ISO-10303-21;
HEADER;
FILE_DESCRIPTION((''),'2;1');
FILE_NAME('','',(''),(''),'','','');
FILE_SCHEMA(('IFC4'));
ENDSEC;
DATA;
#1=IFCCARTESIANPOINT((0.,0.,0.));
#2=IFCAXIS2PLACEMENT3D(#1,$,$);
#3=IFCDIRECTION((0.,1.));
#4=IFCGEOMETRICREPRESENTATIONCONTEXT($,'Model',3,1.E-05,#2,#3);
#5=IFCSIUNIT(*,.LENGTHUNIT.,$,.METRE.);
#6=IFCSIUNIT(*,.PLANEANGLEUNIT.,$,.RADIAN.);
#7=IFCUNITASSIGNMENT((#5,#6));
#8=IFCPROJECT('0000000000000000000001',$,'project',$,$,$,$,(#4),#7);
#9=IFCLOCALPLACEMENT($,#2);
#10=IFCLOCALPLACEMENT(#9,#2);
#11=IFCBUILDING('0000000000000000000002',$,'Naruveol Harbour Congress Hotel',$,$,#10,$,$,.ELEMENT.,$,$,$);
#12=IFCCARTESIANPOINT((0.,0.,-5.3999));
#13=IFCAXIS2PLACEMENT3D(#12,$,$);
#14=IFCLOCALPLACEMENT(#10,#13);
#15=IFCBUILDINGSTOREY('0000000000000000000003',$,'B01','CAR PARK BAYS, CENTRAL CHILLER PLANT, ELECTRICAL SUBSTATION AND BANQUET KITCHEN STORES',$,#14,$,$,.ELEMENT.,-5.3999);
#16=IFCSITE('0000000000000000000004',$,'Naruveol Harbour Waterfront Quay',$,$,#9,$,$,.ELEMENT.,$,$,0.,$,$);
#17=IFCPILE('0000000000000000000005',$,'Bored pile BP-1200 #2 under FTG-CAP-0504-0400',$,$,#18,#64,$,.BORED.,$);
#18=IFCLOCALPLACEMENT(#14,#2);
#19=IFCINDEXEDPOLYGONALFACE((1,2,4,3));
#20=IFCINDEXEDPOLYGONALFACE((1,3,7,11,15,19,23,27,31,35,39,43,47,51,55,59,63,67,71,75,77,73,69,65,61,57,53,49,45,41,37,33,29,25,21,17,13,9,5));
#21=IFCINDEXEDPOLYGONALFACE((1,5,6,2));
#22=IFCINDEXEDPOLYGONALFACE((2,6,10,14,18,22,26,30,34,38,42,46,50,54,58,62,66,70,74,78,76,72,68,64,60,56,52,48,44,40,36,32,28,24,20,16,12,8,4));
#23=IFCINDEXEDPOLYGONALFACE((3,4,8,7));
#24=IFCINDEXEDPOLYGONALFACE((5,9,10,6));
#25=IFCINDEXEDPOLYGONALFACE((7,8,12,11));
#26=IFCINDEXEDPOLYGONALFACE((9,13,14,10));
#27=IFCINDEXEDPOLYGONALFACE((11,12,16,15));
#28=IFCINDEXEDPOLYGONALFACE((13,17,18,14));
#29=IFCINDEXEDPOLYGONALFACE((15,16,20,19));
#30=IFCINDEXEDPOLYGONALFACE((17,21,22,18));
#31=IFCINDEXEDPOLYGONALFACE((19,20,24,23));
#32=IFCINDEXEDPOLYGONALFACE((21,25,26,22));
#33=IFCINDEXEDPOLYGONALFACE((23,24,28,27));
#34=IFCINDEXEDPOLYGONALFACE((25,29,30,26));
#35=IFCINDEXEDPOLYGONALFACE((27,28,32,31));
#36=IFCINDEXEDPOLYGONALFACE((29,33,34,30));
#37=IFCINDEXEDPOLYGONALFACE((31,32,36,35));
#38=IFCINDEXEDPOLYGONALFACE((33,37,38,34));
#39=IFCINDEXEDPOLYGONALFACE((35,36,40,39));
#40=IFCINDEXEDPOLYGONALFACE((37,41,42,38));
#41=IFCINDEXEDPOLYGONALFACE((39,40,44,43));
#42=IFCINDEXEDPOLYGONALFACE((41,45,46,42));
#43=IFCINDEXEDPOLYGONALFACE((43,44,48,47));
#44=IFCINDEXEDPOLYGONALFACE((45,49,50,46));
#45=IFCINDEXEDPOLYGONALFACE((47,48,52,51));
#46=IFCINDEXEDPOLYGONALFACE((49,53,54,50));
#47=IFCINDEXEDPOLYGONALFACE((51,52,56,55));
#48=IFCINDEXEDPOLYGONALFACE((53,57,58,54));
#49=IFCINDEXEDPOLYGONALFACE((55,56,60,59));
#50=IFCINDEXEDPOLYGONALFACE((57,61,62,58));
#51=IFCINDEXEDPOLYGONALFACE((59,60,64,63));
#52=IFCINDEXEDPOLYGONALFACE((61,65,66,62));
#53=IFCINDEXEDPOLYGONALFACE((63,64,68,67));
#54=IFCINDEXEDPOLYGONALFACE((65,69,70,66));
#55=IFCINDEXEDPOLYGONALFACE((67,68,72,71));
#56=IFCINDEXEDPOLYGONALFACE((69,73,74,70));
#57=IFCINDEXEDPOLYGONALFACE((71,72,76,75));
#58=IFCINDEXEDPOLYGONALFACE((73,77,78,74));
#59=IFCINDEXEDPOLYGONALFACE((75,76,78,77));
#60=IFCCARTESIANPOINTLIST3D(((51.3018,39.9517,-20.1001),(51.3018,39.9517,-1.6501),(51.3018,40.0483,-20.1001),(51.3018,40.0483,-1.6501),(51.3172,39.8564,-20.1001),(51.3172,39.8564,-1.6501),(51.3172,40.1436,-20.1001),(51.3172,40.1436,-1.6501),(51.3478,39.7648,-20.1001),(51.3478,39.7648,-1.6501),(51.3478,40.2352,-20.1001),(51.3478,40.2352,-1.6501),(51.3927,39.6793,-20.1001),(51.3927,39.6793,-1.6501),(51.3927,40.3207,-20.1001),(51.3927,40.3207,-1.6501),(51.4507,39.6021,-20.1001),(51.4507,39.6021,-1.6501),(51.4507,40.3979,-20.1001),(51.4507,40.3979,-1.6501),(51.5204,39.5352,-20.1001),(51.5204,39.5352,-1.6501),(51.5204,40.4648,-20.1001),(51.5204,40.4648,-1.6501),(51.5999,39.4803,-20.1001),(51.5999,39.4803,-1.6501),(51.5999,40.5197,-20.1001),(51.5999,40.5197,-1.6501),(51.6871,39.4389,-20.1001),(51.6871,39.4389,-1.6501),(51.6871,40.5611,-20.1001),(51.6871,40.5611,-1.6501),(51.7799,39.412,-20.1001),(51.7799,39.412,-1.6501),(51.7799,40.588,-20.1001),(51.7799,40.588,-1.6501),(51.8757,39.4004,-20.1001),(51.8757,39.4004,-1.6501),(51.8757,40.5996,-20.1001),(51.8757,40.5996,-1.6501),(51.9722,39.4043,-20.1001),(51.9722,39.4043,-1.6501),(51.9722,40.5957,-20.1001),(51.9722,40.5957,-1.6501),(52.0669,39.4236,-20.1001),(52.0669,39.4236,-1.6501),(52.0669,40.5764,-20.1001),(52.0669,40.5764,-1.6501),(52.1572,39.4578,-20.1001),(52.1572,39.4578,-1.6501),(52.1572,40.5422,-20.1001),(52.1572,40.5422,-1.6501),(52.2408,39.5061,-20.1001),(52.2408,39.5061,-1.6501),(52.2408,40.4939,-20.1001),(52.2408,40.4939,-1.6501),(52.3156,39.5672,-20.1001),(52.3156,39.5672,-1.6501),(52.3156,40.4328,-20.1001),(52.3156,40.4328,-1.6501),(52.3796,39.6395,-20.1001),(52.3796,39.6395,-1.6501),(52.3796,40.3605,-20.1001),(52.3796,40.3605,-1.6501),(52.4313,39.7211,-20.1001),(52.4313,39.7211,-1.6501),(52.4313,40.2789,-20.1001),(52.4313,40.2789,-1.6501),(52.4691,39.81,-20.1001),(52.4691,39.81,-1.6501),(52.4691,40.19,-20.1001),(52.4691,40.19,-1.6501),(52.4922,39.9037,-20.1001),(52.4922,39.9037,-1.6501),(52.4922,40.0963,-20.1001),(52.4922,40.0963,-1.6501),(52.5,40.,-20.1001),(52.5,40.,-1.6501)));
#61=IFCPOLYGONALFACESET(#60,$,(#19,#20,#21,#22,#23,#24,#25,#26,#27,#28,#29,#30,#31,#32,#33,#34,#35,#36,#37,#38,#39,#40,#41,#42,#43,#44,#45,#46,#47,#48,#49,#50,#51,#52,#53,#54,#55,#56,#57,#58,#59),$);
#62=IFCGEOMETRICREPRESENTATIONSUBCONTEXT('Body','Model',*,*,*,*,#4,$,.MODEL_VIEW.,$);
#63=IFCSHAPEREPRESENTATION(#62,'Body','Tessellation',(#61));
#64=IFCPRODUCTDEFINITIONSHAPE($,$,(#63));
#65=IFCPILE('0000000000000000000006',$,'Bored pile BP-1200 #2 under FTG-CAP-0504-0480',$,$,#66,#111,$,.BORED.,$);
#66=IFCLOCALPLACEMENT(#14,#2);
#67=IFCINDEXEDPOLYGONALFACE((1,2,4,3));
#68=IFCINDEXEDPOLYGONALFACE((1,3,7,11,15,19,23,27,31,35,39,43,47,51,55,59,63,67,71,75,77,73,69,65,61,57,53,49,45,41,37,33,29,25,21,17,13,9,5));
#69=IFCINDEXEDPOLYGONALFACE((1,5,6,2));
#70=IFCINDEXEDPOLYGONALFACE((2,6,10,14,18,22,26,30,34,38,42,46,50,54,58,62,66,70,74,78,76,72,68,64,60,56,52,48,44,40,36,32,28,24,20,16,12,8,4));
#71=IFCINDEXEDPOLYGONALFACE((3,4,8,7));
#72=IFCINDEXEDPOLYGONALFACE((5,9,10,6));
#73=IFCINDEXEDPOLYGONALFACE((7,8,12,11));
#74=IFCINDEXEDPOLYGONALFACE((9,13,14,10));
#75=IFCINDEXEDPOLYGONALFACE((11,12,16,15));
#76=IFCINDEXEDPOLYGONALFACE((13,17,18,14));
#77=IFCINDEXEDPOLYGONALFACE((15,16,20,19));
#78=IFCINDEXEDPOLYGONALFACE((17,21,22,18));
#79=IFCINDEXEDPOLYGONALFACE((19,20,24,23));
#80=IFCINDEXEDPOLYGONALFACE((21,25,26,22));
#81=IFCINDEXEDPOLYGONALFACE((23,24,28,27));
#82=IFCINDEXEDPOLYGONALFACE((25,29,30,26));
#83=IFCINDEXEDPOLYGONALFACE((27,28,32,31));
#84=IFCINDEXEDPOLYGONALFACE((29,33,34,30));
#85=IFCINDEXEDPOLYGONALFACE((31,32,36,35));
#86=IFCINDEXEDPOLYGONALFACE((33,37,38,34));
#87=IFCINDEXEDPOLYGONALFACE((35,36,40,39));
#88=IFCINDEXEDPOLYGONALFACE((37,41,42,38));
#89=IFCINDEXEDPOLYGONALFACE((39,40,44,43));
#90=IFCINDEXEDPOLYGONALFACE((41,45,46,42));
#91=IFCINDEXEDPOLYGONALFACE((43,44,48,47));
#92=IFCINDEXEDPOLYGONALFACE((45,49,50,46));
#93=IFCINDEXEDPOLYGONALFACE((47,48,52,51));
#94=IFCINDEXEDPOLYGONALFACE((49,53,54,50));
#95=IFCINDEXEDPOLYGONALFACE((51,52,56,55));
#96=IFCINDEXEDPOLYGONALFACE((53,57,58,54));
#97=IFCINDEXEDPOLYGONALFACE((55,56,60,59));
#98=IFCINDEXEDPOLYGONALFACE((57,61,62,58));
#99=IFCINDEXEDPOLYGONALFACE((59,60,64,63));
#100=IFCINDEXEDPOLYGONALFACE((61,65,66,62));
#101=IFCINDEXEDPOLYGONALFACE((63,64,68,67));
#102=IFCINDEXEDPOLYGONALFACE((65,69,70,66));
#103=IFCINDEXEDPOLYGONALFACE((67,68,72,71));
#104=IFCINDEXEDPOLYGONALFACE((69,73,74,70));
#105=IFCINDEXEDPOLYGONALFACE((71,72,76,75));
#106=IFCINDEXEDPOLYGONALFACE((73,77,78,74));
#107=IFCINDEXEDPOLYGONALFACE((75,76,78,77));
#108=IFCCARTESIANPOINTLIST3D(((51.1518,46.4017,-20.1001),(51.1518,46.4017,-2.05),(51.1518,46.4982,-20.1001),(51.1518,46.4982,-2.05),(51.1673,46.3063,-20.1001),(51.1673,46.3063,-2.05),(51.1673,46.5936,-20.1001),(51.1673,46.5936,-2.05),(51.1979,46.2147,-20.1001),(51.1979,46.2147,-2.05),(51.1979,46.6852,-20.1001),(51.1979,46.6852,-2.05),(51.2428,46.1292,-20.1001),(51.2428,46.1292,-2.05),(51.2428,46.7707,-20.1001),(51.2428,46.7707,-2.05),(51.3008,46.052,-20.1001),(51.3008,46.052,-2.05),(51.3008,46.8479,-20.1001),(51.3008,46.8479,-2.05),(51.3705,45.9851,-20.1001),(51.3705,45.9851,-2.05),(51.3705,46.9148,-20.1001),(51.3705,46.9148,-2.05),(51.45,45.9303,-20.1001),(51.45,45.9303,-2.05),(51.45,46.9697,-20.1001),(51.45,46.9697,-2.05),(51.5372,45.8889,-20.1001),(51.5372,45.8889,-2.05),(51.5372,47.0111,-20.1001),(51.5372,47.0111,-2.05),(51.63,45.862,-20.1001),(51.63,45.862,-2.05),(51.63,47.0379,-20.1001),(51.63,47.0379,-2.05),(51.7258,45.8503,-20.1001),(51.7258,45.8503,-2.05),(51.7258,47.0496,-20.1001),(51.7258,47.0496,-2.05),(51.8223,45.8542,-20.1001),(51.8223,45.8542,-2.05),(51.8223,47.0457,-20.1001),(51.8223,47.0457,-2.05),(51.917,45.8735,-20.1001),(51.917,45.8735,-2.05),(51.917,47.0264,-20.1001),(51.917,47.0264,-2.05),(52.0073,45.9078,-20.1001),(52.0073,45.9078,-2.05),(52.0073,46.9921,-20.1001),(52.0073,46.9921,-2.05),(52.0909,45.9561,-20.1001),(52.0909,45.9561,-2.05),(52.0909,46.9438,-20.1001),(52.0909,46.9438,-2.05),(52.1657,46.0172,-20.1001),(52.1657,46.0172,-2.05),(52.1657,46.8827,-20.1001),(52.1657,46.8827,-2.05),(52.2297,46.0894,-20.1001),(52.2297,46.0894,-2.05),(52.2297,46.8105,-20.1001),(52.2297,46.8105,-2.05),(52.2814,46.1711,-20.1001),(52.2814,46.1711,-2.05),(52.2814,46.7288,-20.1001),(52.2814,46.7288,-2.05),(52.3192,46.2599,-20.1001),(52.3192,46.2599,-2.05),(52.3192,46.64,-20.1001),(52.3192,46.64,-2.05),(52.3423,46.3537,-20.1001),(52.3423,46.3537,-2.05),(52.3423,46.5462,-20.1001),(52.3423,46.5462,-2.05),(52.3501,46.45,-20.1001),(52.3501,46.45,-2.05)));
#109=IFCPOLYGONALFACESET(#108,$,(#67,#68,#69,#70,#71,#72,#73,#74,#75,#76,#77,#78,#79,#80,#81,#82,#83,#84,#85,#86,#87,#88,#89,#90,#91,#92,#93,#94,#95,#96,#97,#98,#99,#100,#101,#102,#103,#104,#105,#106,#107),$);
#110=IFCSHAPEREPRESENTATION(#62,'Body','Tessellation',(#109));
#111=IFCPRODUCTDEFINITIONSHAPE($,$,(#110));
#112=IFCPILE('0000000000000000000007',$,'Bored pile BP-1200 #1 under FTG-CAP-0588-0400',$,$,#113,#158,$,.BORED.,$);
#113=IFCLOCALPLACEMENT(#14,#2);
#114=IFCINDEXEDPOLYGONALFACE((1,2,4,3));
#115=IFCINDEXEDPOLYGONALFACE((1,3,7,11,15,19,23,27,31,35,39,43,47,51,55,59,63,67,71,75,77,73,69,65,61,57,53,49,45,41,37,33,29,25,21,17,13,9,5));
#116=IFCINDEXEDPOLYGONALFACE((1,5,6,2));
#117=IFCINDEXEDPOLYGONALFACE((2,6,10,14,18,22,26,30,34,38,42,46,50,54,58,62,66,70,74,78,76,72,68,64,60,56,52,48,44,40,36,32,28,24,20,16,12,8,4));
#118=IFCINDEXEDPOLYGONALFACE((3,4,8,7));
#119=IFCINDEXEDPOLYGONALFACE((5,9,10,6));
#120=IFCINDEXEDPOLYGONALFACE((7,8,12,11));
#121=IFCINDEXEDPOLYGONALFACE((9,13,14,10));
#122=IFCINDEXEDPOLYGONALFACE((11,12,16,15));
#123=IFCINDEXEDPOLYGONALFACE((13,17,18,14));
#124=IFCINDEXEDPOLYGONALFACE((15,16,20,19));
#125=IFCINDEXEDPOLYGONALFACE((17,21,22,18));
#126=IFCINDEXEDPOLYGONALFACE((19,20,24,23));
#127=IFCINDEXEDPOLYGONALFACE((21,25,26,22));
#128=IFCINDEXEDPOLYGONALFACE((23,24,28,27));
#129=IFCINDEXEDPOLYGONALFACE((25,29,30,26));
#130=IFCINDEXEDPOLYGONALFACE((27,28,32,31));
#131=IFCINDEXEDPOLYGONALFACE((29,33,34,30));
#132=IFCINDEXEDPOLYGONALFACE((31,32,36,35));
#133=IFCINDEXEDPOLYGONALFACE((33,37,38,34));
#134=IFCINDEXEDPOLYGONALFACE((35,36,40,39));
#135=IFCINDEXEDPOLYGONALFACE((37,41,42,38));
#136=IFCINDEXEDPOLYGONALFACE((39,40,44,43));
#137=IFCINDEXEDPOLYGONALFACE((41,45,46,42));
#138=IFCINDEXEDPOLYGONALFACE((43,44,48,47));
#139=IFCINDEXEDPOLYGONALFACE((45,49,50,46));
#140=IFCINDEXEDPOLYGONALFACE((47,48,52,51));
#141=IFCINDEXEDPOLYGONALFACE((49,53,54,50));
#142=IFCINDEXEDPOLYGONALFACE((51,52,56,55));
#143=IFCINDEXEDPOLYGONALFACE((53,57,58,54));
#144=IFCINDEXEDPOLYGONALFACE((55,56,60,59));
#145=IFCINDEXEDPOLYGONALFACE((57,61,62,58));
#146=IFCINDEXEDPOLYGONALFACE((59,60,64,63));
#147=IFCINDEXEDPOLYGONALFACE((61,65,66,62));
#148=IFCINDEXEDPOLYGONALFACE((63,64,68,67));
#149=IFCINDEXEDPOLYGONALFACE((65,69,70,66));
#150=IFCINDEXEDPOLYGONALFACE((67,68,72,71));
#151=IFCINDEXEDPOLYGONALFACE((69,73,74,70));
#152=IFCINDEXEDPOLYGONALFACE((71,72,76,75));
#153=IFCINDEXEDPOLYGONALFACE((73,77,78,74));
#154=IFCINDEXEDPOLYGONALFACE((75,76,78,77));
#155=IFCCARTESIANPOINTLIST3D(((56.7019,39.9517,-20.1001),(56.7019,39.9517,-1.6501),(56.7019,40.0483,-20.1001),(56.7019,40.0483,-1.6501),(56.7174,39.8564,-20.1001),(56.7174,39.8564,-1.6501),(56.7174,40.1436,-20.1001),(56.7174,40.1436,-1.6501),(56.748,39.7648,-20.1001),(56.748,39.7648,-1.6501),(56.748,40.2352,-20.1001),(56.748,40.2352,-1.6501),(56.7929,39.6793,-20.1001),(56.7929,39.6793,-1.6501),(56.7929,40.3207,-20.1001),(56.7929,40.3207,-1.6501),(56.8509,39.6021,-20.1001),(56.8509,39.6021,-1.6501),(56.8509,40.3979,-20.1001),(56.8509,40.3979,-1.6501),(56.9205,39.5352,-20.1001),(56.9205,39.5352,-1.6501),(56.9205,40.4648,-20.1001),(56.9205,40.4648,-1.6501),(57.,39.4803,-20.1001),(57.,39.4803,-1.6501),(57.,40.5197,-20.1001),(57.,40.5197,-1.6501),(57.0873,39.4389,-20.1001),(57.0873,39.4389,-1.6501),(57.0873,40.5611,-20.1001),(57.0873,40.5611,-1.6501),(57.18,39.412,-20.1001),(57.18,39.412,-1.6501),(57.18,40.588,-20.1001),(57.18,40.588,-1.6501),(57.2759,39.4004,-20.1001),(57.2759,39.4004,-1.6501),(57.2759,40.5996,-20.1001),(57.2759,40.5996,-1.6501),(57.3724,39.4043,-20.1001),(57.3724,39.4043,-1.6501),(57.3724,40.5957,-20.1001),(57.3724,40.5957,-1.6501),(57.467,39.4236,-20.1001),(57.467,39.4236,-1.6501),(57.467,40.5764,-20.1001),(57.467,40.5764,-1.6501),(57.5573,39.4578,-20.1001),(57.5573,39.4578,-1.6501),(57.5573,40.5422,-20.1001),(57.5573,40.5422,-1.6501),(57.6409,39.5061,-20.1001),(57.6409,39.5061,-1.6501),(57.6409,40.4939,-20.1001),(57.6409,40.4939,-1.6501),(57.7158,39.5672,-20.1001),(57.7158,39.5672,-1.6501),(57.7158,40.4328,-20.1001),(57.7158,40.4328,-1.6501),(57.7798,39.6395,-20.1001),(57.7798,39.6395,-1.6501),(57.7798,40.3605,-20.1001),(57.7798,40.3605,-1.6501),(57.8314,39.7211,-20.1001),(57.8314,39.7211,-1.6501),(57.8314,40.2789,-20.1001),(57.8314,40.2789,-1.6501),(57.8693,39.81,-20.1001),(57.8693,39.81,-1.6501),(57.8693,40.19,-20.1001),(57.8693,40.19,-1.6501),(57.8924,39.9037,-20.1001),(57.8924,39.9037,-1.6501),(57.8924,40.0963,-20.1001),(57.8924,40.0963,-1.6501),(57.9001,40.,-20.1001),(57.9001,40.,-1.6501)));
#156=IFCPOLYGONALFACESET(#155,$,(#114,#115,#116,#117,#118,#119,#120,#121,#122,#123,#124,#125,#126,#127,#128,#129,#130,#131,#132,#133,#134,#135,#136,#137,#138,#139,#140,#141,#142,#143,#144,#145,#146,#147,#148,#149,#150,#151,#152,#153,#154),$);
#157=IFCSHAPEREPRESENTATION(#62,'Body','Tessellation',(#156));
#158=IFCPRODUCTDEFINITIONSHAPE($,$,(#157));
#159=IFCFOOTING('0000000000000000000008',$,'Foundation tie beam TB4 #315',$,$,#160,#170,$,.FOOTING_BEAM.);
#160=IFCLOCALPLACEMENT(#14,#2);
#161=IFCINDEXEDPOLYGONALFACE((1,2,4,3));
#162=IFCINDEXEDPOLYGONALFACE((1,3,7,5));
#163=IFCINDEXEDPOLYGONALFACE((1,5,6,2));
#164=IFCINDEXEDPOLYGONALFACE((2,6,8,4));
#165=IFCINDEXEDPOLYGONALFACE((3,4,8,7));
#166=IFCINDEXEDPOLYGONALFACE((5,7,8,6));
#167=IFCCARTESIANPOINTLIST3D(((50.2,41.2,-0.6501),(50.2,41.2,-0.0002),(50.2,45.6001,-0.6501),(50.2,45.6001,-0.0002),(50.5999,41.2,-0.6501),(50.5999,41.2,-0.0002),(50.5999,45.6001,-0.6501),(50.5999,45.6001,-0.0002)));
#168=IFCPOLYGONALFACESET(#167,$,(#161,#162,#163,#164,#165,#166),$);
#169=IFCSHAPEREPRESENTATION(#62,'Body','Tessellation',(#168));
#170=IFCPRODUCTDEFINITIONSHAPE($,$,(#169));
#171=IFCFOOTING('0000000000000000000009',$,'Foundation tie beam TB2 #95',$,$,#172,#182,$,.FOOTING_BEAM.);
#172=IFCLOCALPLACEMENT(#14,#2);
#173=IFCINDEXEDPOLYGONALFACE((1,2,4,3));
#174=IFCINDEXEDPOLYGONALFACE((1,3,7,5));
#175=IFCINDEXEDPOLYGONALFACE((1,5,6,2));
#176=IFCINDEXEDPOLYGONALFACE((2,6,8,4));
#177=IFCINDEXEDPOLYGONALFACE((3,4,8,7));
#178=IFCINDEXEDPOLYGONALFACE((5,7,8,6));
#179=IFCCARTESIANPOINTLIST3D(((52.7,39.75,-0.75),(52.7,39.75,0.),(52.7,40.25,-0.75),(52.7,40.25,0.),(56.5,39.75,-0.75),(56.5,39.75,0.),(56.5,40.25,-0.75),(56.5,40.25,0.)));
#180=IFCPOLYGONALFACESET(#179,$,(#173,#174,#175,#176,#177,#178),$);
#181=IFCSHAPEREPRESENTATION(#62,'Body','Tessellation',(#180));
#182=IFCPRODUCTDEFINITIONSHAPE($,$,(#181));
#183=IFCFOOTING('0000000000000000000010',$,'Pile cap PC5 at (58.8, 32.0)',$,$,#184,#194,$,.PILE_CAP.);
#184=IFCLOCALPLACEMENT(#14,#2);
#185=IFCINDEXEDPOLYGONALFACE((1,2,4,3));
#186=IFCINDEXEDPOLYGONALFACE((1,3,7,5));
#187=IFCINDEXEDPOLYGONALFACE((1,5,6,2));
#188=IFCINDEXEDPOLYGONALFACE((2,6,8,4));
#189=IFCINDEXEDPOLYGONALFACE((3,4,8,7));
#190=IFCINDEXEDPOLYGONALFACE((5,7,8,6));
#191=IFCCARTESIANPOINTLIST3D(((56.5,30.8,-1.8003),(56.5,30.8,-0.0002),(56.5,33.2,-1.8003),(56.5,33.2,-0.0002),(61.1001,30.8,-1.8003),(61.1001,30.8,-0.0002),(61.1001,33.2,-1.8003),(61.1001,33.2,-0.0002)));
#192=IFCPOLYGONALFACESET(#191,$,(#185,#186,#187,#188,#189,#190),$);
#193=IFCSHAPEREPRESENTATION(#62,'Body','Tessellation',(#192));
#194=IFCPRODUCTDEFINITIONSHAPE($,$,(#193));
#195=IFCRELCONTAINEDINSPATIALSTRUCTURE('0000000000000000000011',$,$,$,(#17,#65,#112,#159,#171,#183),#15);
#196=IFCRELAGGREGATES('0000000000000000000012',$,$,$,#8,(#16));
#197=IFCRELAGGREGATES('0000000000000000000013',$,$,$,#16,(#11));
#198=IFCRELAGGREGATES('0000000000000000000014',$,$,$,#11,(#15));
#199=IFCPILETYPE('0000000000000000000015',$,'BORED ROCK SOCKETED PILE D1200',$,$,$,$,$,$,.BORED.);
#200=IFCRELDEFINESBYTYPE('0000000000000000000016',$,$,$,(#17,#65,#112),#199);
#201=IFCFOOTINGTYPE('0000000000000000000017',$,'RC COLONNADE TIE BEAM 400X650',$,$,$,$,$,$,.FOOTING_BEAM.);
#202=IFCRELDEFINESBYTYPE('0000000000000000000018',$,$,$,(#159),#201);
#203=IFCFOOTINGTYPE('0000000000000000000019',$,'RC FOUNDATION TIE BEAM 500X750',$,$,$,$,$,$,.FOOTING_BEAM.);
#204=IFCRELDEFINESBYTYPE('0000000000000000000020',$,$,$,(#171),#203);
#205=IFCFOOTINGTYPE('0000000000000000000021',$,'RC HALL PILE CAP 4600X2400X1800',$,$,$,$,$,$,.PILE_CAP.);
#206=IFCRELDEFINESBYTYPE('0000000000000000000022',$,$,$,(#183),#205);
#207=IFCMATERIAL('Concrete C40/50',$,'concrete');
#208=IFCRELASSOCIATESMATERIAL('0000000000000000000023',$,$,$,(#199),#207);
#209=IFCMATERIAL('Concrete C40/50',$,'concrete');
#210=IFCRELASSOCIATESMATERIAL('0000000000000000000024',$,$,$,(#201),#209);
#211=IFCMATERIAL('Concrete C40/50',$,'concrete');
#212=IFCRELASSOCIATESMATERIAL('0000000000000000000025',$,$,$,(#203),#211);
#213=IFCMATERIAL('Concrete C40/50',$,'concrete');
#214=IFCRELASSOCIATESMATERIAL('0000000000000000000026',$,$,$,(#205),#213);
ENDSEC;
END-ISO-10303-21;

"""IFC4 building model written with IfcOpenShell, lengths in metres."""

from ifc_helpers import new_model, si_unit, direction, frame, origin, origin_2d, place, context, subcontext, project, spatial, rectangle, circle, extrude, material, material_profile, profile_set, type_object, element, save


model = new_model("IFC4")

# Units and contexts
model_context = context("Model", 3, precision=1e-05, world=origin(), true_north=direction((0.0, 1.0)))
body_context = subcontext(model_context, "Body", "Model", "MODEL_VIEW")
ifc_project = project(units=[si_unit("LENGTHUNIT", "METRE"), si_unit("PLANEANGLEUNIT", "RADIAN")], contexts=[model_context])

# Site, building, storey
site_placement = place(None, origin())
site = spatial("IfcSite", under=ifc_project, at=site_placement, Name="Naruveol Harbour Waterfront Quay", CompositionType="ELEMENT", RefElevation=0.0)
building_placement = place(site_placement, origin())
building = spatial("IfcBuilding", under=site, at=building_placement, Name="Naruveol Harbour Congress Hotel", CompositionType="ELEMENT")
storey_placement = place(building_placement, frame((0.0, 0.0, -5.3999)))
storey = spatial("IfcBuildingStorey", under=building, at=storey_placement, Name="B01", Description="CAR PARK BAYS, CENTRAL CHILLER PLANT, ELECTRICAL SUBSTATION AND BANQUET KITCHEN STORES", CompositionType="ELEMENT", Elevation=-5.3999)

# Piles
ifc_material_1 = material(Name="Concrete C40/50", Category="concrete")
ifc_material_profile_1 = material_profile(ifc_material_1, circle(Radius=0.6001, at=origin_2d()), Name="BP-1200")
ifc_profile_set_1 = profile_set([ifc_material_profile_1], Name="Concrete C40/50")
pile_type = type_object("IfcPileType", Name="BORED ROCK SOCKETED PILE D1200", PredefinedType="BORED", material=ifc_profile_set_1)
pile_1_placement = place(storey_placement, frame((51.8999, 40.0, -1.6501), z_axis=(0.0, 0.0, -1.0), x_axis=(1.0, 0.0, 0.0)))
element("IfcPile", 1, at=pile_1_placement, inside=storey, type_object=pile_type, Name="Bored pile BP-1200 #2 under FTG-CAP-0504-0400", PredefinedType="BORED", context=body_context, shape_type="SweptSolid", body=[
    extrude(circle(Radius=0.6001, at=origin_2d()), origin(), (0.0, 0.0, 1.0), 18.45),
])
pile_2_placement = place(storey_placement, frame((51.75, 46.45, -2.05), z_axis=(0.0, 0.0, -1.0), x_axis=(1.0, 0.0, 0.0)))
element("IfcPile", 2, at=pile_2_placement, inside=storey, type_object=pile_type, Name="Bored pile BP-1200 #2 under FTG-CAP-0504-0480", PredefinedType="BORED", context=body_context, shape_type="SweptSolid", body=[
    extrude(circle(Radius=0.6001, at=origin_2d()), origin(), (0.0, 0.0, 1.0), 18.05),
])
pile_3_placement = place(storey_placement, frame((57.3, 40.0, -1.6501), z_axis=(0.0, 0.0, -1.0), x_axis=(1.0, 0.0, 0.0)))
element("IfcPile", 3, at=pile_3_placement, inside=storey, type_object=pile_type, Name="Bored pile BP-1200 #1 under FTG-CAP-0588-0400", PredefinedType="BORED", context=body_context, shape_type="SweptSolid", body=[
    extrude(circle(Radius=0.6001, at=origin_2d()), origin(), (0.0, 0.0, 1.0), 18.45),
])

# Footings
ifc_material_2 = material(Name="Concrete C40/50", Category="concrete")
ifc_material_profile_2 = material_profile(ifc_material_2, rectangle(XDim=0.3999, YDim=0.6499, at=origin_2d()), Name="RCB-400x650")
ifc_profile_set_2 = profile_set([ifc_material_profile_2], Name="Concrete C40/50")
footing_type_1 = type_object("IfcFootingType", Name="RC COLONNADE TIE BEAM 400X650", PredefinedType="FOOTING_BEAM", material=ifc_profile_set_2)
footing_1_placement = place(storey_placement, frame((50.3999, 41.2, -0.3252), z_axis=(0.0, 1.0, 0.0), x_axis=(-1.0, 0.0, 0.0)))
element("IfcFooting", 4, at=footing_1_placement, inside=storey, type_object=footing_type_1, Name="Foundation tie beam TB4 #315", PredefinedType="FOOTING_BEAM", context=body_context, shape_type="SweptSolid", body=[
    extrude(rectangle(XDim=0.3999, YDim=0.6499, at=origin_2d()), origin(), (0.0, 0.0, 1.0), 4.4001),
])
ifc_material_3 = material(Name="Concrete C40/50", Category="concrete")
ifc_material_profile_3 = material_profile(ifc_material_3, rectangle(XDim=0.5, YDim=0.75, at=origin_2d()), Name="RCB-500x750")
ifc_profile_set_3 = profile_set([ifc_material_profile_3], Name="Concrete C40/50")
footing_type_2 = type_object("IfcFootingType", Name="RC FOUNDATION TIE BEAM 500X750", PredefinedType="FOOTING_BEAM", material=ifc_profile_set_3)
footing_2_placement = place(storey_placement, frame((52.7, 40.0, -0.375), z_axis=(1.0, 0.0, 0.0), x_axis=(0.0, 1.0, 0.0)))
element("IfcFooting", 5, at=footing_2_placement, inside=storey, type_object=footing_type_2, Name="Foundation tie beam TB2 #95", PredefinedType="FOOTING_BEAM", context=body_context, shape_type="SweptSolid", body=[
    extrude(rectangle(XDim=0.5, YDim=0.75, at=origin_2d()), origin(), (0.0, 0.0, 1.0), 3.8),
])
ifc_material_4 = material(Name="Concrete C40/50", Category="concrete")
footing_type_3 = type_object("IfcFootingType", Name="RC HALL PILE CAP 4600X2400X1800", PredefinedType="PILE_CAP", material=ifc_material_4)
footing_3_placement = place(storey_placement, frame((58.8, 32.0, -1.8003), z_axis=(0.0, 0.0, 1.0), x_axis=(1.0, 0.0, 0.0)))
element("IfcFooting", 6, at=footing_3_placement, inside=storey, type_object=footing_type_3, Name="Pile cap PC5 at (58.8, 32.0)", PredefinedType="PILE_CAP", context=body_context, shape_type="SweptSolid", body=[
    extrude(rectangle(XDim=4.6001, YDim=2.3999, at=origin_2d()), origin(), (0.0, 0.0, 1.0), 1.8),
])

save(model, "model.ifc")
